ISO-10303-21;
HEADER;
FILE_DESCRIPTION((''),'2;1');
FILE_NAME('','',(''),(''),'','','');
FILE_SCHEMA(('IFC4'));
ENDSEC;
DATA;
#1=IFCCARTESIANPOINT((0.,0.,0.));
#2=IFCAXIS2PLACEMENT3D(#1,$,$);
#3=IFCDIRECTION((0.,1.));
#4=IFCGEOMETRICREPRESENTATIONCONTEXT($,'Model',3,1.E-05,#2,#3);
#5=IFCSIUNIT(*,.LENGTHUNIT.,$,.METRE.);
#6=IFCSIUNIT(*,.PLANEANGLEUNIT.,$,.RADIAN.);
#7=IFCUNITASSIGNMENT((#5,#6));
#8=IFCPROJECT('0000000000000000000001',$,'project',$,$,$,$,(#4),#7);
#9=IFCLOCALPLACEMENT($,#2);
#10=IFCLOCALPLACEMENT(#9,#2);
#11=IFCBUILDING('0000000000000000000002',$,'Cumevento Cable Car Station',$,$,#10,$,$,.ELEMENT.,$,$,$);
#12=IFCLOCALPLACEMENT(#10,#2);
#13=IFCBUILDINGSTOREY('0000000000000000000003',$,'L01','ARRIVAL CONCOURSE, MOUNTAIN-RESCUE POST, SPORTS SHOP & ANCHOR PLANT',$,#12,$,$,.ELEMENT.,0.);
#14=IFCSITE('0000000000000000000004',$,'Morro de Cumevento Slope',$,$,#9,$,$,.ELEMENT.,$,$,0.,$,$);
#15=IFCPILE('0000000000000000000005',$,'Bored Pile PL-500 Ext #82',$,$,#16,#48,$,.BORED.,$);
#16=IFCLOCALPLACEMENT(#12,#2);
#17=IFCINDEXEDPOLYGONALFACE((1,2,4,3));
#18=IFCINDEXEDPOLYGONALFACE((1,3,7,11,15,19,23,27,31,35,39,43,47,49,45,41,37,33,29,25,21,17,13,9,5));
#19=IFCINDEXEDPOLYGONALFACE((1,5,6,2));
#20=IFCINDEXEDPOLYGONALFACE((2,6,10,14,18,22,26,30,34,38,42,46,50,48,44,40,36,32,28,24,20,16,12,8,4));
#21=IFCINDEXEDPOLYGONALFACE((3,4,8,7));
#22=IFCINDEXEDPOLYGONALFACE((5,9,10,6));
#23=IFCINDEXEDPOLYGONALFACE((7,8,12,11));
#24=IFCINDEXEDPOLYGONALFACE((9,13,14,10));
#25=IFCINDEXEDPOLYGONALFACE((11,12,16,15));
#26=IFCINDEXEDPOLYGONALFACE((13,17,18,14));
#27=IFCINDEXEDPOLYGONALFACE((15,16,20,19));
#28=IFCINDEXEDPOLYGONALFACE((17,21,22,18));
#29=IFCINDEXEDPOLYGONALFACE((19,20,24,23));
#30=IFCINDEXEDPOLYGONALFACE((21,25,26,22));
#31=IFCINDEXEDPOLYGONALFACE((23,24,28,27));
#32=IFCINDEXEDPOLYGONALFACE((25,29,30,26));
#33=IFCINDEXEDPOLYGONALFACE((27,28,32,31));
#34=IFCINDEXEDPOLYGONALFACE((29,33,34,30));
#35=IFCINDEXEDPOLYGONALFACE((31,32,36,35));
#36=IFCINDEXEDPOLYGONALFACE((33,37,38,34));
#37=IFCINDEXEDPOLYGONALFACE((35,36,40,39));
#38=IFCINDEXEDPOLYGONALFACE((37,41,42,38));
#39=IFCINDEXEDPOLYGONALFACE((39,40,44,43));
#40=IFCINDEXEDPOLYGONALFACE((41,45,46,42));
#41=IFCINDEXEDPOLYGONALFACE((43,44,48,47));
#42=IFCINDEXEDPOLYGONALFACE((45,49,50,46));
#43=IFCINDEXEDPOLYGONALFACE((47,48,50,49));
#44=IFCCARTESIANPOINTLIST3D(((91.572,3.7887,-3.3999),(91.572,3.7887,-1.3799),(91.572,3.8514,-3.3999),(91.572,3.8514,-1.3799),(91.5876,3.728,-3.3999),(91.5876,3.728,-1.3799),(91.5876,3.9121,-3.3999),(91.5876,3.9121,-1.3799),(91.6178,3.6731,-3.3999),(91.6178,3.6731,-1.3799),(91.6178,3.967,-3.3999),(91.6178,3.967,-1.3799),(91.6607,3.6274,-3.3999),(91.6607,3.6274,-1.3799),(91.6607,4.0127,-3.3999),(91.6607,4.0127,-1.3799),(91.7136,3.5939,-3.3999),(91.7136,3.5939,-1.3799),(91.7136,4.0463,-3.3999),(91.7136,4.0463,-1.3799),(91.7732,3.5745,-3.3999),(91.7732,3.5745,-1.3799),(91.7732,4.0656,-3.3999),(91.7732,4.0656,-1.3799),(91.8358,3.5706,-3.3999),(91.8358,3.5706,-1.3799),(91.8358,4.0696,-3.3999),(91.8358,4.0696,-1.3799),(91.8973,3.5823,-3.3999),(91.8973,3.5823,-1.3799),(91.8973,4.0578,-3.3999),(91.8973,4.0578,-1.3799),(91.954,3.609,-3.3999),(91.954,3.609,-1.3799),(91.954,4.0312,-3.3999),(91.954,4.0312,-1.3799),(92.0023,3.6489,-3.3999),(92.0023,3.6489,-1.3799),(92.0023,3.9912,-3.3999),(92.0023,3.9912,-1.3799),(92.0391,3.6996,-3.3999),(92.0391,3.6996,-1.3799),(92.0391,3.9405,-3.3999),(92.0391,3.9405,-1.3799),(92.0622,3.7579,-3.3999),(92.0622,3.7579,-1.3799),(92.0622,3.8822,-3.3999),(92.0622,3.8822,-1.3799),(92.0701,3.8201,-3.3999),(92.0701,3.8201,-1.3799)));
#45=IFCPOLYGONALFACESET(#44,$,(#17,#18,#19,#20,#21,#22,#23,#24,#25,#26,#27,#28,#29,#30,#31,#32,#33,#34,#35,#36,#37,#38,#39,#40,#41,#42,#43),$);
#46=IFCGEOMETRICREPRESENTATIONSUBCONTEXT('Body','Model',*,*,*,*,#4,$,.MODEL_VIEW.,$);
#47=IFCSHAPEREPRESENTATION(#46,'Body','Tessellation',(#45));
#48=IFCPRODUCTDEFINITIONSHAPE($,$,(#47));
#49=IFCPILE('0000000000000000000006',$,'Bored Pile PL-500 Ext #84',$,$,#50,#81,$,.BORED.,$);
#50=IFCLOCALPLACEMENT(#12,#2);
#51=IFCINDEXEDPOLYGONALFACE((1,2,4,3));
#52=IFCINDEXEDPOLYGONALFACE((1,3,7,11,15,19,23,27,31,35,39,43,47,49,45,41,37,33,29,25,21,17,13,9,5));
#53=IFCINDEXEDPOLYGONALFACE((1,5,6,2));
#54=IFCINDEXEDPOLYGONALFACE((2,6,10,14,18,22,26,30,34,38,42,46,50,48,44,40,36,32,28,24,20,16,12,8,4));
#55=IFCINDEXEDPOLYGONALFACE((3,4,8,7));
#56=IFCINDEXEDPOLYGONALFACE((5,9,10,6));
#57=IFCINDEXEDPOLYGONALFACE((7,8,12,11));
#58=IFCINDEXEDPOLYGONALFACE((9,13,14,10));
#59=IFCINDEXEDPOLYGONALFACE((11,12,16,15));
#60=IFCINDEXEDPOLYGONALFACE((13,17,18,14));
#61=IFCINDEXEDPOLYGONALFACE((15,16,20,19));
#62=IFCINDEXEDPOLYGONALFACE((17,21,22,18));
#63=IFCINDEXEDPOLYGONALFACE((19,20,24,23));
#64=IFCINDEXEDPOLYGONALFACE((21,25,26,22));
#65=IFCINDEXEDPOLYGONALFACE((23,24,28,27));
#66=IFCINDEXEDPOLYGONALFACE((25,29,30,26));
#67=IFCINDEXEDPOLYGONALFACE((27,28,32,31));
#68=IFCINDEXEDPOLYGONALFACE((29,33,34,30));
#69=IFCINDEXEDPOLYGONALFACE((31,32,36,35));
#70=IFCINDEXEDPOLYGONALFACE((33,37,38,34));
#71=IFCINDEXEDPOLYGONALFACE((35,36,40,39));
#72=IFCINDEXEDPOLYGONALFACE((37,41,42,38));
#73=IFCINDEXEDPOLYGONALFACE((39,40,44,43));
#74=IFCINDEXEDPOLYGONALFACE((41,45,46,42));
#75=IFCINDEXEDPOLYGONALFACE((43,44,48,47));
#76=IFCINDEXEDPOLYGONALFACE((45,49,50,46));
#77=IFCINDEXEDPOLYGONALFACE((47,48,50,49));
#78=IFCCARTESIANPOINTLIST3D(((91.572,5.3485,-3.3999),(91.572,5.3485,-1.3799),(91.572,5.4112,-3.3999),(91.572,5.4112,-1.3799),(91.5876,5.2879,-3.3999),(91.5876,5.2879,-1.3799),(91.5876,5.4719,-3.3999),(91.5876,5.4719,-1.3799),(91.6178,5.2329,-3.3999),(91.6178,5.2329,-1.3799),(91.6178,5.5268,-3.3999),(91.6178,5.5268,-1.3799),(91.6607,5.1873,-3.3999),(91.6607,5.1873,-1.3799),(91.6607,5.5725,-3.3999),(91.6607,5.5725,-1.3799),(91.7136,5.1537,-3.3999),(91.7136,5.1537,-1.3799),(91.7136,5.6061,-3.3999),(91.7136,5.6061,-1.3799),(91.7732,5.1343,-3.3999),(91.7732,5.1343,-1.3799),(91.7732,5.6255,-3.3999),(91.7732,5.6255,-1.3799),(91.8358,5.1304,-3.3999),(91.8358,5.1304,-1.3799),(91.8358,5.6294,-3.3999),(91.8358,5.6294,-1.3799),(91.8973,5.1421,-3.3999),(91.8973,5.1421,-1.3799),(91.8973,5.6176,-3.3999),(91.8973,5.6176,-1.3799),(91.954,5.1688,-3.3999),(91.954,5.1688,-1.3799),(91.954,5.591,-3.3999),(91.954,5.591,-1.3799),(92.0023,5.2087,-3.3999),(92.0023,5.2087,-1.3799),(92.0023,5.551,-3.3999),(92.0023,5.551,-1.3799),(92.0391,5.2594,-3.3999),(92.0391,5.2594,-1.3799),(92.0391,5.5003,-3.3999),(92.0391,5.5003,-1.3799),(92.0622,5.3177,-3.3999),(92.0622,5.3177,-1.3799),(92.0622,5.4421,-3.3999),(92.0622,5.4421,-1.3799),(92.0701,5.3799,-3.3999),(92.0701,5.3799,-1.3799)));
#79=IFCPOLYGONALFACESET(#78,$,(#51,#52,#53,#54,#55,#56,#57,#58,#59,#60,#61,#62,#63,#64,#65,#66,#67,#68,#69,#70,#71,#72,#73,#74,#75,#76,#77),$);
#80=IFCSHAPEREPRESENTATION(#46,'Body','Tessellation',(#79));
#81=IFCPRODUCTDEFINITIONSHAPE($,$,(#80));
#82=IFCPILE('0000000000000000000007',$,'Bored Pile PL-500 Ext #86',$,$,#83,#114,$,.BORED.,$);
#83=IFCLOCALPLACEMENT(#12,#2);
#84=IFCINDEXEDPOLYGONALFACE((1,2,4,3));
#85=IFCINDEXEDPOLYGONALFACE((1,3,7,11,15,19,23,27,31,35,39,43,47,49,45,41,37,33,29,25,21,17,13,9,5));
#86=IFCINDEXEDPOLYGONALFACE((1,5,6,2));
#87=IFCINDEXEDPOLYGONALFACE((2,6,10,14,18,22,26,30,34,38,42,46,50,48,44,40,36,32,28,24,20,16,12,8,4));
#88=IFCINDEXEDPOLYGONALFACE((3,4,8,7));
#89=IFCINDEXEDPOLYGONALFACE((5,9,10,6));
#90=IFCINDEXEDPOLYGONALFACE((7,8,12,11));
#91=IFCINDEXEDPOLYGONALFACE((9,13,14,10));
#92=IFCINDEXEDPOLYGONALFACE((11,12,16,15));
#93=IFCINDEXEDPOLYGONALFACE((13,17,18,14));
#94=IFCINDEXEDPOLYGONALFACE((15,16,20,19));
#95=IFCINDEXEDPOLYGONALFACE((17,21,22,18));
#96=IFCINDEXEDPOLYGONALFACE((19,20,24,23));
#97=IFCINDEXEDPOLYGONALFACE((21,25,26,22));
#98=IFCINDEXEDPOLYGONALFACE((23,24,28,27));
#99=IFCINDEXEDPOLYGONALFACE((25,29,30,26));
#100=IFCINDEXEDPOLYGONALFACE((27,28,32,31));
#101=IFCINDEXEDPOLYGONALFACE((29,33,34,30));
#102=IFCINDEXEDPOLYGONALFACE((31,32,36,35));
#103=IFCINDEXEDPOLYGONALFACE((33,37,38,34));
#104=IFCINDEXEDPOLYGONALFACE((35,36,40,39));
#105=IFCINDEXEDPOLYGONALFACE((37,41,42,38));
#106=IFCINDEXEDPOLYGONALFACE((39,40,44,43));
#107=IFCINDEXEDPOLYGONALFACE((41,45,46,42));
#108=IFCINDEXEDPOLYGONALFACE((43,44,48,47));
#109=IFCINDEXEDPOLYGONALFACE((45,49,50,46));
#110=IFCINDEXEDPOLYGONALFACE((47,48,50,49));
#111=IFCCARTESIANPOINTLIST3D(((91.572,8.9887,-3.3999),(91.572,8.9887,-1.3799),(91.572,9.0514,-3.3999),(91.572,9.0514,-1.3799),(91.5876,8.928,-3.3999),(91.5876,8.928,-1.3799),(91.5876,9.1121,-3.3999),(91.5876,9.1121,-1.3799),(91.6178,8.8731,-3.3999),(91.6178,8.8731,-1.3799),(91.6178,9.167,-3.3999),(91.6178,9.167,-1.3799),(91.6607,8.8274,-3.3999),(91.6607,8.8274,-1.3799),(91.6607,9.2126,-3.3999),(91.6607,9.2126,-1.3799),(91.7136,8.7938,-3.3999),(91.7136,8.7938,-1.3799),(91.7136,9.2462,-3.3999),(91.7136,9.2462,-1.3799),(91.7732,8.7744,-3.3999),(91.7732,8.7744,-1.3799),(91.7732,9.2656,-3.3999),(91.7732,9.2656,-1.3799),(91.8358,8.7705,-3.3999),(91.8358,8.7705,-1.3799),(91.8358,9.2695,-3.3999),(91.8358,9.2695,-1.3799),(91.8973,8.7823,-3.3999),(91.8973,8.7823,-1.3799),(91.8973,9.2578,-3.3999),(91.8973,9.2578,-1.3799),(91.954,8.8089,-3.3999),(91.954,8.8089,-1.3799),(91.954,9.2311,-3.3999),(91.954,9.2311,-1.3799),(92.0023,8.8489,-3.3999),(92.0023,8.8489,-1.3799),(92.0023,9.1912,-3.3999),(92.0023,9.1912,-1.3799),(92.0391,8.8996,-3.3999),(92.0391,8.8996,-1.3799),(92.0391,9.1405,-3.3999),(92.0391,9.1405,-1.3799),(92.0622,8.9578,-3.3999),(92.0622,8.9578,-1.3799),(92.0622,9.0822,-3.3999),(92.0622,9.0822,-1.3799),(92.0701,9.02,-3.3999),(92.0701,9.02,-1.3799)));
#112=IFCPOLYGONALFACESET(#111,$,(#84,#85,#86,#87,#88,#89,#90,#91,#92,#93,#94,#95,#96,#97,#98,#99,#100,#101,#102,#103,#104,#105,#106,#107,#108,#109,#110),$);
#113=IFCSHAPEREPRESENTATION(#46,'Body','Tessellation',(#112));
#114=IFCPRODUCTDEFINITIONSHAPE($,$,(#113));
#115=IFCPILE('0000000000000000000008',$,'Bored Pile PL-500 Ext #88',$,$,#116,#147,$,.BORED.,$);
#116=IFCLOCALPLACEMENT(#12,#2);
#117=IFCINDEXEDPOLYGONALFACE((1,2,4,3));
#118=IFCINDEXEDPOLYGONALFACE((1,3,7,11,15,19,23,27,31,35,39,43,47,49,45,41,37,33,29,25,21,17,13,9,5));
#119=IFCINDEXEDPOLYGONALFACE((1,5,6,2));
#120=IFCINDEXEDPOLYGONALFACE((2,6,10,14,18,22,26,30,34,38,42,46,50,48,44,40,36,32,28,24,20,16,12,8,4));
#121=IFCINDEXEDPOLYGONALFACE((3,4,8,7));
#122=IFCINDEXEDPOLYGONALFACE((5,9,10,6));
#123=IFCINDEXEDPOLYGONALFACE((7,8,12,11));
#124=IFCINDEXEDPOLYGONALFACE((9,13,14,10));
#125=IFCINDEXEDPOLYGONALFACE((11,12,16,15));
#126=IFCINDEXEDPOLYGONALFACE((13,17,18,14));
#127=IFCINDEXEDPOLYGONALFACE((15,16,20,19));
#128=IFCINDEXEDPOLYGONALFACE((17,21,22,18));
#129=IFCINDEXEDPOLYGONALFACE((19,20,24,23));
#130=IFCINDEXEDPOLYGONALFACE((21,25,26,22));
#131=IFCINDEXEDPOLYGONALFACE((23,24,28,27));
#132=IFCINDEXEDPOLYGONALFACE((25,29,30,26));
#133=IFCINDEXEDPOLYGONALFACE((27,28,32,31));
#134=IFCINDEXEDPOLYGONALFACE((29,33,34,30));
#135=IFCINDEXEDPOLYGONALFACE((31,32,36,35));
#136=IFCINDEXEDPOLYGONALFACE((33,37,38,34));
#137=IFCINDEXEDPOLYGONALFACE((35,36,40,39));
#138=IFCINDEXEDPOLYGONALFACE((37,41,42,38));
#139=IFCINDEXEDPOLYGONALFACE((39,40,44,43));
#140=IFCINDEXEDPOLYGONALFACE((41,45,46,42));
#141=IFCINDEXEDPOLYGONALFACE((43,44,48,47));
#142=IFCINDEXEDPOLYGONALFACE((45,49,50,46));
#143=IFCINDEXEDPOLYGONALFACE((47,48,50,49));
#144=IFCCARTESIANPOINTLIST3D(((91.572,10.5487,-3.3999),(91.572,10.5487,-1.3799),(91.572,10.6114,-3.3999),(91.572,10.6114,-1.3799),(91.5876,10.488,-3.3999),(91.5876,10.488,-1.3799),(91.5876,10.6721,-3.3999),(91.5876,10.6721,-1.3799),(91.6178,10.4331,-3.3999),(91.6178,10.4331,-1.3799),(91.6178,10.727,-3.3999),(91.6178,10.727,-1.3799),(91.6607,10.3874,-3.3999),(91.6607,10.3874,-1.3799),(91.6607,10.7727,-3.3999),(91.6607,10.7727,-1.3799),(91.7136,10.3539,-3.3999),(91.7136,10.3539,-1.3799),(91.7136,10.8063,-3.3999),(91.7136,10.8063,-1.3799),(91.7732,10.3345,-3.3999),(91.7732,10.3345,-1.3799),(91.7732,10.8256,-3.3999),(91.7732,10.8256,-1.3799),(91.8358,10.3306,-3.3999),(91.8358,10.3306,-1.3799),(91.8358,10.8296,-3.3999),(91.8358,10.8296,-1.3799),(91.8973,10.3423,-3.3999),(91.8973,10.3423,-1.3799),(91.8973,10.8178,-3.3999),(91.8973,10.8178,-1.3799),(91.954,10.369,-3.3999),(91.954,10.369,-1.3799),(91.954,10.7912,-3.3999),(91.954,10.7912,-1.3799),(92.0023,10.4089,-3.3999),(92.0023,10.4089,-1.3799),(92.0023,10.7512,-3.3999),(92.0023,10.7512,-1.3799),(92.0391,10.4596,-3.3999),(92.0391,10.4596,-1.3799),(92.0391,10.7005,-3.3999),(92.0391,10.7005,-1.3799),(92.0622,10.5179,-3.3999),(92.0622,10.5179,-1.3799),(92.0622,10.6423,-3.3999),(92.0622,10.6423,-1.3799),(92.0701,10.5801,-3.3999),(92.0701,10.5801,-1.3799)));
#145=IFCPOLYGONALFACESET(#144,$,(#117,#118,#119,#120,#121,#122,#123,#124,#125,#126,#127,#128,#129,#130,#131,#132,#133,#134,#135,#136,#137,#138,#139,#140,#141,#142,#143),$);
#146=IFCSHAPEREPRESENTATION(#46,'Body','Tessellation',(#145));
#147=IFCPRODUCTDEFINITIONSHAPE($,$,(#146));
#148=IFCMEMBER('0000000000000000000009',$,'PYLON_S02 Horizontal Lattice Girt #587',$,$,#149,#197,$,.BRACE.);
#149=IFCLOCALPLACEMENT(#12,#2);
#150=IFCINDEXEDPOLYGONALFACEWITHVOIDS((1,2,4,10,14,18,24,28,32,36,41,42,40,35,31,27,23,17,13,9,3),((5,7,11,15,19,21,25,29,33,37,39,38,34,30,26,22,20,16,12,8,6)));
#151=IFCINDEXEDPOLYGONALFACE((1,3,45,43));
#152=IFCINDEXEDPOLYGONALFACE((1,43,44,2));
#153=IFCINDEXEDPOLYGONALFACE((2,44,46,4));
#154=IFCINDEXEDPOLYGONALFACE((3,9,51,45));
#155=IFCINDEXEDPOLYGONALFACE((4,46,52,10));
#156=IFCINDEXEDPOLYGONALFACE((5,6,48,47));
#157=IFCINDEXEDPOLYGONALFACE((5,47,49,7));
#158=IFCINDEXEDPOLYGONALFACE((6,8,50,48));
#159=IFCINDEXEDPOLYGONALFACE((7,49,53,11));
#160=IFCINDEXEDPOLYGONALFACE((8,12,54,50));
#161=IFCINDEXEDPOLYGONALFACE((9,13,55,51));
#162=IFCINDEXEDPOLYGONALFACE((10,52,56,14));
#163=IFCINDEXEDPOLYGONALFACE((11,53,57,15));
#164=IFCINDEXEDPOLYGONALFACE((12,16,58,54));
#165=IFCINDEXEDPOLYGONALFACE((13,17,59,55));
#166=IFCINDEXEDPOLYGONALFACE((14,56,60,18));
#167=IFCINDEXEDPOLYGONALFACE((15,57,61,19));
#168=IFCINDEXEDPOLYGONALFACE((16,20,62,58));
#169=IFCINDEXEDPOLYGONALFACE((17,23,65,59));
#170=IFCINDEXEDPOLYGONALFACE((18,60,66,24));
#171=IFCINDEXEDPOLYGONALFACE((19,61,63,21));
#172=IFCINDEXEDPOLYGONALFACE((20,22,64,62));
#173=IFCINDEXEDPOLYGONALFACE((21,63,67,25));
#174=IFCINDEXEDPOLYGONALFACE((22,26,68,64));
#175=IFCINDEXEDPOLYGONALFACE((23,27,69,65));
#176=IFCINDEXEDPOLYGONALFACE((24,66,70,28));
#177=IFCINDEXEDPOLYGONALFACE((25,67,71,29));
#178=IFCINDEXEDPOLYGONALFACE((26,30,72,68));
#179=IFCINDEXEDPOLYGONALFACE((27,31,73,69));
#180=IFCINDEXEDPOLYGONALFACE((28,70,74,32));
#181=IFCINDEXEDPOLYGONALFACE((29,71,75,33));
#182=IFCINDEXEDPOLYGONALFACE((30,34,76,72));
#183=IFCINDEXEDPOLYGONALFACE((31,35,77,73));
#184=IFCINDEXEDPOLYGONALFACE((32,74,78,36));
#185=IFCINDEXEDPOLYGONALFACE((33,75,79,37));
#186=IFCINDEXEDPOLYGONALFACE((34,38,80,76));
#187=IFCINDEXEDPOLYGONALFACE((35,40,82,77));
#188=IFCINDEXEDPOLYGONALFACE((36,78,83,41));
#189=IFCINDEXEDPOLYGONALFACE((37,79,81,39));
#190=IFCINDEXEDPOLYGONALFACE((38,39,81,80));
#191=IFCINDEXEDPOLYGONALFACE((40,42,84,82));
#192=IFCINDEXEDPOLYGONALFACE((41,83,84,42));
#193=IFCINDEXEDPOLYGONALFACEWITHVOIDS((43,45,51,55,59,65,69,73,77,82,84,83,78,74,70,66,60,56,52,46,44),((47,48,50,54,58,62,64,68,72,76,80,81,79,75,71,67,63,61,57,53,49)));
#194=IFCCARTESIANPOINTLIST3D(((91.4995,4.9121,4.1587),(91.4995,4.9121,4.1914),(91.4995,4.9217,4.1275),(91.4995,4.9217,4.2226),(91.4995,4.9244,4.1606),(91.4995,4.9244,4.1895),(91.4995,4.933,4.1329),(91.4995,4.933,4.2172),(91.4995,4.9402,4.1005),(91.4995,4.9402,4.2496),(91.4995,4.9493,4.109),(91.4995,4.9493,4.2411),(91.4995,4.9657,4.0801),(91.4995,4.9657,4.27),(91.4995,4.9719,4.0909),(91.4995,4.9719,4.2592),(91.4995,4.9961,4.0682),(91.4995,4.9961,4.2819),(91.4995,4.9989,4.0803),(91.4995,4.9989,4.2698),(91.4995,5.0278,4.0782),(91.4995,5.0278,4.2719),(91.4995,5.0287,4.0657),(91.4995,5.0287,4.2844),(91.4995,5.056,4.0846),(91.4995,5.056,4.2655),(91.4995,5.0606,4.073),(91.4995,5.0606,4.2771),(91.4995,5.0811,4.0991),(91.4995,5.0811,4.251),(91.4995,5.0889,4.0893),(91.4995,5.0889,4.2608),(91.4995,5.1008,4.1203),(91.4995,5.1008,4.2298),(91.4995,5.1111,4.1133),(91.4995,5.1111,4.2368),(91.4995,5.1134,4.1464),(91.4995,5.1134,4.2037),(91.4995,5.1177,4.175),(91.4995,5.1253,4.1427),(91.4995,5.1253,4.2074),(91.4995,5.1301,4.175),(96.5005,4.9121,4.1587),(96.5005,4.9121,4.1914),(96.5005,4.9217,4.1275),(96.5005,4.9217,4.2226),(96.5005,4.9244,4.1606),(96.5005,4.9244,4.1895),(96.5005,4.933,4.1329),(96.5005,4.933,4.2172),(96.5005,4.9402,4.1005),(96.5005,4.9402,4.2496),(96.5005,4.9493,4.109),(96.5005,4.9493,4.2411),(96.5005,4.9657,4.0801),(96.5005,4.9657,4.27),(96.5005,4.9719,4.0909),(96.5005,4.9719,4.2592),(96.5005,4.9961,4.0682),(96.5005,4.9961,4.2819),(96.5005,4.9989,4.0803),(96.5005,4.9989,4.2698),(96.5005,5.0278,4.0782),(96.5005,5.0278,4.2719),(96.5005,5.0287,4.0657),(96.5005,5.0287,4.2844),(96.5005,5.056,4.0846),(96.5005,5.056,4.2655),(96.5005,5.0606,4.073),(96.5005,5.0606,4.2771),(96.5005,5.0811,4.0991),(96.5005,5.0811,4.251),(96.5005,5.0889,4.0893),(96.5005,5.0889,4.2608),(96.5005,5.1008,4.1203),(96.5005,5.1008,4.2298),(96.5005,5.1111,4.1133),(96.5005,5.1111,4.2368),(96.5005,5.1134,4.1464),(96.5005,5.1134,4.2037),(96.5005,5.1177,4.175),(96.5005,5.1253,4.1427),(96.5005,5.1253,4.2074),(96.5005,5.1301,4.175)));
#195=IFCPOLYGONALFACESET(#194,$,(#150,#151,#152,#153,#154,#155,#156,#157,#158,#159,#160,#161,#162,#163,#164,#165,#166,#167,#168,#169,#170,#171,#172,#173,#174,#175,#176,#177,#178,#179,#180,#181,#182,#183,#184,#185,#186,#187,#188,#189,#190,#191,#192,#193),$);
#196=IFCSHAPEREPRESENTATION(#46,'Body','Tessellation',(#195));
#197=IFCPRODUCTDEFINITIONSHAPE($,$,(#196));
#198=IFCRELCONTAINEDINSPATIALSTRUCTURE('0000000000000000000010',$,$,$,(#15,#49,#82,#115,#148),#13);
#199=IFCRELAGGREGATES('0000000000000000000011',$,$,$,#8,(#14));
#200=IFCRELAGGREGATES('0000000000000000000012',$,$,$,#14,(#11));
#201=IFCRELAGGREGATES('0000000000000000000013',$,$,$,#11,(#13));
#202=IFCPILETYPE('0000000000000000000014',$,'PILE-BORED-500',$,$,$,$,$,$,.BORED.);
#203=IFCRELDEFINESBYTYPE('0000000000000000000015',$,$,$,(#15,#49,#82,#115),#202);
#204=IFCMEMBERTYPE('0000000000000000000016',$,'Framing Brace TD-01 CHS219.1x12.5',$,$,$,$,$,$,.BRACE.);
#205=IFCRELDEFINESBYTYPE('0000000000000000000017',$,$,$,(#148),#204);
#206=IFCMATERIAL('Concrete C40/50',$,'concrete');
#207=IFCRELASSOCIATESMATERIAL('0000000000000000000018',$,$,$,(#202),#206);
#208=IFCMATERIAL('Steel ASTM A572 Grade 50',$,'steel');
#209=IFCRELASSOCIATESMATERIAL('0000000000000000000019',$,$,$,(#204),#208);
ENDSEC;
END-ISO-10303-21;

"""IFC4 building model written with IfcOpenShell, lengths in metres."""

from ifc_helpers import new_model, si_unit, direction, frame, origin, origin_2d, place, context, subcontext, project, spatial, circle, hollow_circle, extrude, material, material_profile, profile_set, type_object, element, save


model = new_model("IFC4")

# Units and contexts
model_context = context("Model", 3, precision=1e-05, world=origin(), true_north=direction((0.0, 1.0)))
body_context = subcontext(model_context, "Body", "Model", "MODEL_VIEW")
ifc_project = project(units=[si_unit("LENGTHUNIT", "METRE"), si_unit("PLANEANGLEUNIT", "RADIAN")], contexts=[model_context])

# Site, building, storey
site_placement = place(None, origin())
site = spatial("IfcSite", under=ifc_project, at=site_placement, Name="Morro de Cumevento Slope", CompositionType="ELEMENT", RefElevation=0.0)
building_placement = place(site_placement, origin())
building = spatial("IfcBuilding", under=site, at=building_placement, Name="Cumevento Cable Car Station", CompositionType="ELEMENT")
storey_placement = place(building_placement, origin())
storey = spatial("IfcBuildingStorey", under=building, at=storey_placement, Name="L01", Description="ARRIVAL CONCOURSE, MOUNTAIN-RESCUE POST, SPORTS SHOP & ANCHOR PLANT", CompositionType="ELEMENT", Elevation=0.0)

# Piles
ifc_material_1 = material(Name="Concrete C40/50", Category="concrete")
ifc_material_profile_1 = material_profile(ifc_material_1, circle(Radius=0.25, at=origin_2d()), Name="PILE-D500")
ifc_profile_set_1 = profile_set([ifc_material_profile_1], Name="Concrete C40/50")
pile_type = type_object("IfcPileType", Name="PILE-BORED-500", PredefinedType="BORED", material=ifc_profile_set_1)
for number, where, z_axis, x_axis, name in (
    (1, (91.8201, 3.8201, -1.3799), (0.0, 0.0, -1.0), (1.0, 0.0, 0.0), "Bored Pile PL-500 Ext #82"),
    (2, (91.8201, 5.3799, -1.3799), (0.0, 0.0, -1.0), (1.0, 0.0, 0.0), "Bored Pile PL-500 Ext #84"),
    (3, (91.8201, 9.02, -1.3799), (0.0, 0.0, -1.0), (1.0, 0.0, 0.0), "Bored Pile PL-500 Ext #86"),
    (4, (91.8201, 10.5801, -1.3799), (0.0, 0.0, -1.0), (1.0, 0.0, 0.0), "Bored Pile PL-500 Ext #88"),
):
    element("IfcPile", number, at=place(storey_placement, frame(where, z_axis=z_axis, x_axis=x_axis)), inside=storey, type_object=pile_type, Name=name, PredefinedType="BORED", context=body_context, shape_type="SweptSolid", body=[
        extrude(circle(Radius=0.25, at=origin_2d()), origin(), (0.0, 0.0, 1.0), 2.02),
    ])

# Member
ifc_material_2 = material(Name="Steel ASTM A572 Grade 50", Category="steel")
ifc_material_profile_2 = material_profile(ifc_material_2, hollow_circle(Radius=0.1096, WallThickness=0.0125, at=origin_2d()), Name="CHS219.1x12.5")
ifc_profile_set_2 = profile_set([ifc_material_profile_2], Name="Steel ASTM A572 Grade 50")
member_type_1 = type_object("IfcMemberType", Name="Framing Brace TD-01 CHS219.1x12.5", PredefinedType="BRACE", material=ifc_profile_set_2)
member_1_placement = place(storey_placement, frame((91.4995, 5.0205, 4.175), z_axis=(1.0, 0.0, 0.0), x_axis=(0.0, 1.0, 0.0)))
element("IfcMember", 5, at=member_1_placement, inside=storey, type_object=member_type_1, Name="PYLON_S02 Horizontal Lattice Girt #587", PredefinedType="BRACE", context=body_context, shape_type="SweptSolid", body=[
    extrude(hollow_circle(Radius=0.1096, WallThickness=0.0125, at=origin_2d()), origin(), (0.0, 0.0, 1.0), 5.001),
])

save(model, "model.ifc")
